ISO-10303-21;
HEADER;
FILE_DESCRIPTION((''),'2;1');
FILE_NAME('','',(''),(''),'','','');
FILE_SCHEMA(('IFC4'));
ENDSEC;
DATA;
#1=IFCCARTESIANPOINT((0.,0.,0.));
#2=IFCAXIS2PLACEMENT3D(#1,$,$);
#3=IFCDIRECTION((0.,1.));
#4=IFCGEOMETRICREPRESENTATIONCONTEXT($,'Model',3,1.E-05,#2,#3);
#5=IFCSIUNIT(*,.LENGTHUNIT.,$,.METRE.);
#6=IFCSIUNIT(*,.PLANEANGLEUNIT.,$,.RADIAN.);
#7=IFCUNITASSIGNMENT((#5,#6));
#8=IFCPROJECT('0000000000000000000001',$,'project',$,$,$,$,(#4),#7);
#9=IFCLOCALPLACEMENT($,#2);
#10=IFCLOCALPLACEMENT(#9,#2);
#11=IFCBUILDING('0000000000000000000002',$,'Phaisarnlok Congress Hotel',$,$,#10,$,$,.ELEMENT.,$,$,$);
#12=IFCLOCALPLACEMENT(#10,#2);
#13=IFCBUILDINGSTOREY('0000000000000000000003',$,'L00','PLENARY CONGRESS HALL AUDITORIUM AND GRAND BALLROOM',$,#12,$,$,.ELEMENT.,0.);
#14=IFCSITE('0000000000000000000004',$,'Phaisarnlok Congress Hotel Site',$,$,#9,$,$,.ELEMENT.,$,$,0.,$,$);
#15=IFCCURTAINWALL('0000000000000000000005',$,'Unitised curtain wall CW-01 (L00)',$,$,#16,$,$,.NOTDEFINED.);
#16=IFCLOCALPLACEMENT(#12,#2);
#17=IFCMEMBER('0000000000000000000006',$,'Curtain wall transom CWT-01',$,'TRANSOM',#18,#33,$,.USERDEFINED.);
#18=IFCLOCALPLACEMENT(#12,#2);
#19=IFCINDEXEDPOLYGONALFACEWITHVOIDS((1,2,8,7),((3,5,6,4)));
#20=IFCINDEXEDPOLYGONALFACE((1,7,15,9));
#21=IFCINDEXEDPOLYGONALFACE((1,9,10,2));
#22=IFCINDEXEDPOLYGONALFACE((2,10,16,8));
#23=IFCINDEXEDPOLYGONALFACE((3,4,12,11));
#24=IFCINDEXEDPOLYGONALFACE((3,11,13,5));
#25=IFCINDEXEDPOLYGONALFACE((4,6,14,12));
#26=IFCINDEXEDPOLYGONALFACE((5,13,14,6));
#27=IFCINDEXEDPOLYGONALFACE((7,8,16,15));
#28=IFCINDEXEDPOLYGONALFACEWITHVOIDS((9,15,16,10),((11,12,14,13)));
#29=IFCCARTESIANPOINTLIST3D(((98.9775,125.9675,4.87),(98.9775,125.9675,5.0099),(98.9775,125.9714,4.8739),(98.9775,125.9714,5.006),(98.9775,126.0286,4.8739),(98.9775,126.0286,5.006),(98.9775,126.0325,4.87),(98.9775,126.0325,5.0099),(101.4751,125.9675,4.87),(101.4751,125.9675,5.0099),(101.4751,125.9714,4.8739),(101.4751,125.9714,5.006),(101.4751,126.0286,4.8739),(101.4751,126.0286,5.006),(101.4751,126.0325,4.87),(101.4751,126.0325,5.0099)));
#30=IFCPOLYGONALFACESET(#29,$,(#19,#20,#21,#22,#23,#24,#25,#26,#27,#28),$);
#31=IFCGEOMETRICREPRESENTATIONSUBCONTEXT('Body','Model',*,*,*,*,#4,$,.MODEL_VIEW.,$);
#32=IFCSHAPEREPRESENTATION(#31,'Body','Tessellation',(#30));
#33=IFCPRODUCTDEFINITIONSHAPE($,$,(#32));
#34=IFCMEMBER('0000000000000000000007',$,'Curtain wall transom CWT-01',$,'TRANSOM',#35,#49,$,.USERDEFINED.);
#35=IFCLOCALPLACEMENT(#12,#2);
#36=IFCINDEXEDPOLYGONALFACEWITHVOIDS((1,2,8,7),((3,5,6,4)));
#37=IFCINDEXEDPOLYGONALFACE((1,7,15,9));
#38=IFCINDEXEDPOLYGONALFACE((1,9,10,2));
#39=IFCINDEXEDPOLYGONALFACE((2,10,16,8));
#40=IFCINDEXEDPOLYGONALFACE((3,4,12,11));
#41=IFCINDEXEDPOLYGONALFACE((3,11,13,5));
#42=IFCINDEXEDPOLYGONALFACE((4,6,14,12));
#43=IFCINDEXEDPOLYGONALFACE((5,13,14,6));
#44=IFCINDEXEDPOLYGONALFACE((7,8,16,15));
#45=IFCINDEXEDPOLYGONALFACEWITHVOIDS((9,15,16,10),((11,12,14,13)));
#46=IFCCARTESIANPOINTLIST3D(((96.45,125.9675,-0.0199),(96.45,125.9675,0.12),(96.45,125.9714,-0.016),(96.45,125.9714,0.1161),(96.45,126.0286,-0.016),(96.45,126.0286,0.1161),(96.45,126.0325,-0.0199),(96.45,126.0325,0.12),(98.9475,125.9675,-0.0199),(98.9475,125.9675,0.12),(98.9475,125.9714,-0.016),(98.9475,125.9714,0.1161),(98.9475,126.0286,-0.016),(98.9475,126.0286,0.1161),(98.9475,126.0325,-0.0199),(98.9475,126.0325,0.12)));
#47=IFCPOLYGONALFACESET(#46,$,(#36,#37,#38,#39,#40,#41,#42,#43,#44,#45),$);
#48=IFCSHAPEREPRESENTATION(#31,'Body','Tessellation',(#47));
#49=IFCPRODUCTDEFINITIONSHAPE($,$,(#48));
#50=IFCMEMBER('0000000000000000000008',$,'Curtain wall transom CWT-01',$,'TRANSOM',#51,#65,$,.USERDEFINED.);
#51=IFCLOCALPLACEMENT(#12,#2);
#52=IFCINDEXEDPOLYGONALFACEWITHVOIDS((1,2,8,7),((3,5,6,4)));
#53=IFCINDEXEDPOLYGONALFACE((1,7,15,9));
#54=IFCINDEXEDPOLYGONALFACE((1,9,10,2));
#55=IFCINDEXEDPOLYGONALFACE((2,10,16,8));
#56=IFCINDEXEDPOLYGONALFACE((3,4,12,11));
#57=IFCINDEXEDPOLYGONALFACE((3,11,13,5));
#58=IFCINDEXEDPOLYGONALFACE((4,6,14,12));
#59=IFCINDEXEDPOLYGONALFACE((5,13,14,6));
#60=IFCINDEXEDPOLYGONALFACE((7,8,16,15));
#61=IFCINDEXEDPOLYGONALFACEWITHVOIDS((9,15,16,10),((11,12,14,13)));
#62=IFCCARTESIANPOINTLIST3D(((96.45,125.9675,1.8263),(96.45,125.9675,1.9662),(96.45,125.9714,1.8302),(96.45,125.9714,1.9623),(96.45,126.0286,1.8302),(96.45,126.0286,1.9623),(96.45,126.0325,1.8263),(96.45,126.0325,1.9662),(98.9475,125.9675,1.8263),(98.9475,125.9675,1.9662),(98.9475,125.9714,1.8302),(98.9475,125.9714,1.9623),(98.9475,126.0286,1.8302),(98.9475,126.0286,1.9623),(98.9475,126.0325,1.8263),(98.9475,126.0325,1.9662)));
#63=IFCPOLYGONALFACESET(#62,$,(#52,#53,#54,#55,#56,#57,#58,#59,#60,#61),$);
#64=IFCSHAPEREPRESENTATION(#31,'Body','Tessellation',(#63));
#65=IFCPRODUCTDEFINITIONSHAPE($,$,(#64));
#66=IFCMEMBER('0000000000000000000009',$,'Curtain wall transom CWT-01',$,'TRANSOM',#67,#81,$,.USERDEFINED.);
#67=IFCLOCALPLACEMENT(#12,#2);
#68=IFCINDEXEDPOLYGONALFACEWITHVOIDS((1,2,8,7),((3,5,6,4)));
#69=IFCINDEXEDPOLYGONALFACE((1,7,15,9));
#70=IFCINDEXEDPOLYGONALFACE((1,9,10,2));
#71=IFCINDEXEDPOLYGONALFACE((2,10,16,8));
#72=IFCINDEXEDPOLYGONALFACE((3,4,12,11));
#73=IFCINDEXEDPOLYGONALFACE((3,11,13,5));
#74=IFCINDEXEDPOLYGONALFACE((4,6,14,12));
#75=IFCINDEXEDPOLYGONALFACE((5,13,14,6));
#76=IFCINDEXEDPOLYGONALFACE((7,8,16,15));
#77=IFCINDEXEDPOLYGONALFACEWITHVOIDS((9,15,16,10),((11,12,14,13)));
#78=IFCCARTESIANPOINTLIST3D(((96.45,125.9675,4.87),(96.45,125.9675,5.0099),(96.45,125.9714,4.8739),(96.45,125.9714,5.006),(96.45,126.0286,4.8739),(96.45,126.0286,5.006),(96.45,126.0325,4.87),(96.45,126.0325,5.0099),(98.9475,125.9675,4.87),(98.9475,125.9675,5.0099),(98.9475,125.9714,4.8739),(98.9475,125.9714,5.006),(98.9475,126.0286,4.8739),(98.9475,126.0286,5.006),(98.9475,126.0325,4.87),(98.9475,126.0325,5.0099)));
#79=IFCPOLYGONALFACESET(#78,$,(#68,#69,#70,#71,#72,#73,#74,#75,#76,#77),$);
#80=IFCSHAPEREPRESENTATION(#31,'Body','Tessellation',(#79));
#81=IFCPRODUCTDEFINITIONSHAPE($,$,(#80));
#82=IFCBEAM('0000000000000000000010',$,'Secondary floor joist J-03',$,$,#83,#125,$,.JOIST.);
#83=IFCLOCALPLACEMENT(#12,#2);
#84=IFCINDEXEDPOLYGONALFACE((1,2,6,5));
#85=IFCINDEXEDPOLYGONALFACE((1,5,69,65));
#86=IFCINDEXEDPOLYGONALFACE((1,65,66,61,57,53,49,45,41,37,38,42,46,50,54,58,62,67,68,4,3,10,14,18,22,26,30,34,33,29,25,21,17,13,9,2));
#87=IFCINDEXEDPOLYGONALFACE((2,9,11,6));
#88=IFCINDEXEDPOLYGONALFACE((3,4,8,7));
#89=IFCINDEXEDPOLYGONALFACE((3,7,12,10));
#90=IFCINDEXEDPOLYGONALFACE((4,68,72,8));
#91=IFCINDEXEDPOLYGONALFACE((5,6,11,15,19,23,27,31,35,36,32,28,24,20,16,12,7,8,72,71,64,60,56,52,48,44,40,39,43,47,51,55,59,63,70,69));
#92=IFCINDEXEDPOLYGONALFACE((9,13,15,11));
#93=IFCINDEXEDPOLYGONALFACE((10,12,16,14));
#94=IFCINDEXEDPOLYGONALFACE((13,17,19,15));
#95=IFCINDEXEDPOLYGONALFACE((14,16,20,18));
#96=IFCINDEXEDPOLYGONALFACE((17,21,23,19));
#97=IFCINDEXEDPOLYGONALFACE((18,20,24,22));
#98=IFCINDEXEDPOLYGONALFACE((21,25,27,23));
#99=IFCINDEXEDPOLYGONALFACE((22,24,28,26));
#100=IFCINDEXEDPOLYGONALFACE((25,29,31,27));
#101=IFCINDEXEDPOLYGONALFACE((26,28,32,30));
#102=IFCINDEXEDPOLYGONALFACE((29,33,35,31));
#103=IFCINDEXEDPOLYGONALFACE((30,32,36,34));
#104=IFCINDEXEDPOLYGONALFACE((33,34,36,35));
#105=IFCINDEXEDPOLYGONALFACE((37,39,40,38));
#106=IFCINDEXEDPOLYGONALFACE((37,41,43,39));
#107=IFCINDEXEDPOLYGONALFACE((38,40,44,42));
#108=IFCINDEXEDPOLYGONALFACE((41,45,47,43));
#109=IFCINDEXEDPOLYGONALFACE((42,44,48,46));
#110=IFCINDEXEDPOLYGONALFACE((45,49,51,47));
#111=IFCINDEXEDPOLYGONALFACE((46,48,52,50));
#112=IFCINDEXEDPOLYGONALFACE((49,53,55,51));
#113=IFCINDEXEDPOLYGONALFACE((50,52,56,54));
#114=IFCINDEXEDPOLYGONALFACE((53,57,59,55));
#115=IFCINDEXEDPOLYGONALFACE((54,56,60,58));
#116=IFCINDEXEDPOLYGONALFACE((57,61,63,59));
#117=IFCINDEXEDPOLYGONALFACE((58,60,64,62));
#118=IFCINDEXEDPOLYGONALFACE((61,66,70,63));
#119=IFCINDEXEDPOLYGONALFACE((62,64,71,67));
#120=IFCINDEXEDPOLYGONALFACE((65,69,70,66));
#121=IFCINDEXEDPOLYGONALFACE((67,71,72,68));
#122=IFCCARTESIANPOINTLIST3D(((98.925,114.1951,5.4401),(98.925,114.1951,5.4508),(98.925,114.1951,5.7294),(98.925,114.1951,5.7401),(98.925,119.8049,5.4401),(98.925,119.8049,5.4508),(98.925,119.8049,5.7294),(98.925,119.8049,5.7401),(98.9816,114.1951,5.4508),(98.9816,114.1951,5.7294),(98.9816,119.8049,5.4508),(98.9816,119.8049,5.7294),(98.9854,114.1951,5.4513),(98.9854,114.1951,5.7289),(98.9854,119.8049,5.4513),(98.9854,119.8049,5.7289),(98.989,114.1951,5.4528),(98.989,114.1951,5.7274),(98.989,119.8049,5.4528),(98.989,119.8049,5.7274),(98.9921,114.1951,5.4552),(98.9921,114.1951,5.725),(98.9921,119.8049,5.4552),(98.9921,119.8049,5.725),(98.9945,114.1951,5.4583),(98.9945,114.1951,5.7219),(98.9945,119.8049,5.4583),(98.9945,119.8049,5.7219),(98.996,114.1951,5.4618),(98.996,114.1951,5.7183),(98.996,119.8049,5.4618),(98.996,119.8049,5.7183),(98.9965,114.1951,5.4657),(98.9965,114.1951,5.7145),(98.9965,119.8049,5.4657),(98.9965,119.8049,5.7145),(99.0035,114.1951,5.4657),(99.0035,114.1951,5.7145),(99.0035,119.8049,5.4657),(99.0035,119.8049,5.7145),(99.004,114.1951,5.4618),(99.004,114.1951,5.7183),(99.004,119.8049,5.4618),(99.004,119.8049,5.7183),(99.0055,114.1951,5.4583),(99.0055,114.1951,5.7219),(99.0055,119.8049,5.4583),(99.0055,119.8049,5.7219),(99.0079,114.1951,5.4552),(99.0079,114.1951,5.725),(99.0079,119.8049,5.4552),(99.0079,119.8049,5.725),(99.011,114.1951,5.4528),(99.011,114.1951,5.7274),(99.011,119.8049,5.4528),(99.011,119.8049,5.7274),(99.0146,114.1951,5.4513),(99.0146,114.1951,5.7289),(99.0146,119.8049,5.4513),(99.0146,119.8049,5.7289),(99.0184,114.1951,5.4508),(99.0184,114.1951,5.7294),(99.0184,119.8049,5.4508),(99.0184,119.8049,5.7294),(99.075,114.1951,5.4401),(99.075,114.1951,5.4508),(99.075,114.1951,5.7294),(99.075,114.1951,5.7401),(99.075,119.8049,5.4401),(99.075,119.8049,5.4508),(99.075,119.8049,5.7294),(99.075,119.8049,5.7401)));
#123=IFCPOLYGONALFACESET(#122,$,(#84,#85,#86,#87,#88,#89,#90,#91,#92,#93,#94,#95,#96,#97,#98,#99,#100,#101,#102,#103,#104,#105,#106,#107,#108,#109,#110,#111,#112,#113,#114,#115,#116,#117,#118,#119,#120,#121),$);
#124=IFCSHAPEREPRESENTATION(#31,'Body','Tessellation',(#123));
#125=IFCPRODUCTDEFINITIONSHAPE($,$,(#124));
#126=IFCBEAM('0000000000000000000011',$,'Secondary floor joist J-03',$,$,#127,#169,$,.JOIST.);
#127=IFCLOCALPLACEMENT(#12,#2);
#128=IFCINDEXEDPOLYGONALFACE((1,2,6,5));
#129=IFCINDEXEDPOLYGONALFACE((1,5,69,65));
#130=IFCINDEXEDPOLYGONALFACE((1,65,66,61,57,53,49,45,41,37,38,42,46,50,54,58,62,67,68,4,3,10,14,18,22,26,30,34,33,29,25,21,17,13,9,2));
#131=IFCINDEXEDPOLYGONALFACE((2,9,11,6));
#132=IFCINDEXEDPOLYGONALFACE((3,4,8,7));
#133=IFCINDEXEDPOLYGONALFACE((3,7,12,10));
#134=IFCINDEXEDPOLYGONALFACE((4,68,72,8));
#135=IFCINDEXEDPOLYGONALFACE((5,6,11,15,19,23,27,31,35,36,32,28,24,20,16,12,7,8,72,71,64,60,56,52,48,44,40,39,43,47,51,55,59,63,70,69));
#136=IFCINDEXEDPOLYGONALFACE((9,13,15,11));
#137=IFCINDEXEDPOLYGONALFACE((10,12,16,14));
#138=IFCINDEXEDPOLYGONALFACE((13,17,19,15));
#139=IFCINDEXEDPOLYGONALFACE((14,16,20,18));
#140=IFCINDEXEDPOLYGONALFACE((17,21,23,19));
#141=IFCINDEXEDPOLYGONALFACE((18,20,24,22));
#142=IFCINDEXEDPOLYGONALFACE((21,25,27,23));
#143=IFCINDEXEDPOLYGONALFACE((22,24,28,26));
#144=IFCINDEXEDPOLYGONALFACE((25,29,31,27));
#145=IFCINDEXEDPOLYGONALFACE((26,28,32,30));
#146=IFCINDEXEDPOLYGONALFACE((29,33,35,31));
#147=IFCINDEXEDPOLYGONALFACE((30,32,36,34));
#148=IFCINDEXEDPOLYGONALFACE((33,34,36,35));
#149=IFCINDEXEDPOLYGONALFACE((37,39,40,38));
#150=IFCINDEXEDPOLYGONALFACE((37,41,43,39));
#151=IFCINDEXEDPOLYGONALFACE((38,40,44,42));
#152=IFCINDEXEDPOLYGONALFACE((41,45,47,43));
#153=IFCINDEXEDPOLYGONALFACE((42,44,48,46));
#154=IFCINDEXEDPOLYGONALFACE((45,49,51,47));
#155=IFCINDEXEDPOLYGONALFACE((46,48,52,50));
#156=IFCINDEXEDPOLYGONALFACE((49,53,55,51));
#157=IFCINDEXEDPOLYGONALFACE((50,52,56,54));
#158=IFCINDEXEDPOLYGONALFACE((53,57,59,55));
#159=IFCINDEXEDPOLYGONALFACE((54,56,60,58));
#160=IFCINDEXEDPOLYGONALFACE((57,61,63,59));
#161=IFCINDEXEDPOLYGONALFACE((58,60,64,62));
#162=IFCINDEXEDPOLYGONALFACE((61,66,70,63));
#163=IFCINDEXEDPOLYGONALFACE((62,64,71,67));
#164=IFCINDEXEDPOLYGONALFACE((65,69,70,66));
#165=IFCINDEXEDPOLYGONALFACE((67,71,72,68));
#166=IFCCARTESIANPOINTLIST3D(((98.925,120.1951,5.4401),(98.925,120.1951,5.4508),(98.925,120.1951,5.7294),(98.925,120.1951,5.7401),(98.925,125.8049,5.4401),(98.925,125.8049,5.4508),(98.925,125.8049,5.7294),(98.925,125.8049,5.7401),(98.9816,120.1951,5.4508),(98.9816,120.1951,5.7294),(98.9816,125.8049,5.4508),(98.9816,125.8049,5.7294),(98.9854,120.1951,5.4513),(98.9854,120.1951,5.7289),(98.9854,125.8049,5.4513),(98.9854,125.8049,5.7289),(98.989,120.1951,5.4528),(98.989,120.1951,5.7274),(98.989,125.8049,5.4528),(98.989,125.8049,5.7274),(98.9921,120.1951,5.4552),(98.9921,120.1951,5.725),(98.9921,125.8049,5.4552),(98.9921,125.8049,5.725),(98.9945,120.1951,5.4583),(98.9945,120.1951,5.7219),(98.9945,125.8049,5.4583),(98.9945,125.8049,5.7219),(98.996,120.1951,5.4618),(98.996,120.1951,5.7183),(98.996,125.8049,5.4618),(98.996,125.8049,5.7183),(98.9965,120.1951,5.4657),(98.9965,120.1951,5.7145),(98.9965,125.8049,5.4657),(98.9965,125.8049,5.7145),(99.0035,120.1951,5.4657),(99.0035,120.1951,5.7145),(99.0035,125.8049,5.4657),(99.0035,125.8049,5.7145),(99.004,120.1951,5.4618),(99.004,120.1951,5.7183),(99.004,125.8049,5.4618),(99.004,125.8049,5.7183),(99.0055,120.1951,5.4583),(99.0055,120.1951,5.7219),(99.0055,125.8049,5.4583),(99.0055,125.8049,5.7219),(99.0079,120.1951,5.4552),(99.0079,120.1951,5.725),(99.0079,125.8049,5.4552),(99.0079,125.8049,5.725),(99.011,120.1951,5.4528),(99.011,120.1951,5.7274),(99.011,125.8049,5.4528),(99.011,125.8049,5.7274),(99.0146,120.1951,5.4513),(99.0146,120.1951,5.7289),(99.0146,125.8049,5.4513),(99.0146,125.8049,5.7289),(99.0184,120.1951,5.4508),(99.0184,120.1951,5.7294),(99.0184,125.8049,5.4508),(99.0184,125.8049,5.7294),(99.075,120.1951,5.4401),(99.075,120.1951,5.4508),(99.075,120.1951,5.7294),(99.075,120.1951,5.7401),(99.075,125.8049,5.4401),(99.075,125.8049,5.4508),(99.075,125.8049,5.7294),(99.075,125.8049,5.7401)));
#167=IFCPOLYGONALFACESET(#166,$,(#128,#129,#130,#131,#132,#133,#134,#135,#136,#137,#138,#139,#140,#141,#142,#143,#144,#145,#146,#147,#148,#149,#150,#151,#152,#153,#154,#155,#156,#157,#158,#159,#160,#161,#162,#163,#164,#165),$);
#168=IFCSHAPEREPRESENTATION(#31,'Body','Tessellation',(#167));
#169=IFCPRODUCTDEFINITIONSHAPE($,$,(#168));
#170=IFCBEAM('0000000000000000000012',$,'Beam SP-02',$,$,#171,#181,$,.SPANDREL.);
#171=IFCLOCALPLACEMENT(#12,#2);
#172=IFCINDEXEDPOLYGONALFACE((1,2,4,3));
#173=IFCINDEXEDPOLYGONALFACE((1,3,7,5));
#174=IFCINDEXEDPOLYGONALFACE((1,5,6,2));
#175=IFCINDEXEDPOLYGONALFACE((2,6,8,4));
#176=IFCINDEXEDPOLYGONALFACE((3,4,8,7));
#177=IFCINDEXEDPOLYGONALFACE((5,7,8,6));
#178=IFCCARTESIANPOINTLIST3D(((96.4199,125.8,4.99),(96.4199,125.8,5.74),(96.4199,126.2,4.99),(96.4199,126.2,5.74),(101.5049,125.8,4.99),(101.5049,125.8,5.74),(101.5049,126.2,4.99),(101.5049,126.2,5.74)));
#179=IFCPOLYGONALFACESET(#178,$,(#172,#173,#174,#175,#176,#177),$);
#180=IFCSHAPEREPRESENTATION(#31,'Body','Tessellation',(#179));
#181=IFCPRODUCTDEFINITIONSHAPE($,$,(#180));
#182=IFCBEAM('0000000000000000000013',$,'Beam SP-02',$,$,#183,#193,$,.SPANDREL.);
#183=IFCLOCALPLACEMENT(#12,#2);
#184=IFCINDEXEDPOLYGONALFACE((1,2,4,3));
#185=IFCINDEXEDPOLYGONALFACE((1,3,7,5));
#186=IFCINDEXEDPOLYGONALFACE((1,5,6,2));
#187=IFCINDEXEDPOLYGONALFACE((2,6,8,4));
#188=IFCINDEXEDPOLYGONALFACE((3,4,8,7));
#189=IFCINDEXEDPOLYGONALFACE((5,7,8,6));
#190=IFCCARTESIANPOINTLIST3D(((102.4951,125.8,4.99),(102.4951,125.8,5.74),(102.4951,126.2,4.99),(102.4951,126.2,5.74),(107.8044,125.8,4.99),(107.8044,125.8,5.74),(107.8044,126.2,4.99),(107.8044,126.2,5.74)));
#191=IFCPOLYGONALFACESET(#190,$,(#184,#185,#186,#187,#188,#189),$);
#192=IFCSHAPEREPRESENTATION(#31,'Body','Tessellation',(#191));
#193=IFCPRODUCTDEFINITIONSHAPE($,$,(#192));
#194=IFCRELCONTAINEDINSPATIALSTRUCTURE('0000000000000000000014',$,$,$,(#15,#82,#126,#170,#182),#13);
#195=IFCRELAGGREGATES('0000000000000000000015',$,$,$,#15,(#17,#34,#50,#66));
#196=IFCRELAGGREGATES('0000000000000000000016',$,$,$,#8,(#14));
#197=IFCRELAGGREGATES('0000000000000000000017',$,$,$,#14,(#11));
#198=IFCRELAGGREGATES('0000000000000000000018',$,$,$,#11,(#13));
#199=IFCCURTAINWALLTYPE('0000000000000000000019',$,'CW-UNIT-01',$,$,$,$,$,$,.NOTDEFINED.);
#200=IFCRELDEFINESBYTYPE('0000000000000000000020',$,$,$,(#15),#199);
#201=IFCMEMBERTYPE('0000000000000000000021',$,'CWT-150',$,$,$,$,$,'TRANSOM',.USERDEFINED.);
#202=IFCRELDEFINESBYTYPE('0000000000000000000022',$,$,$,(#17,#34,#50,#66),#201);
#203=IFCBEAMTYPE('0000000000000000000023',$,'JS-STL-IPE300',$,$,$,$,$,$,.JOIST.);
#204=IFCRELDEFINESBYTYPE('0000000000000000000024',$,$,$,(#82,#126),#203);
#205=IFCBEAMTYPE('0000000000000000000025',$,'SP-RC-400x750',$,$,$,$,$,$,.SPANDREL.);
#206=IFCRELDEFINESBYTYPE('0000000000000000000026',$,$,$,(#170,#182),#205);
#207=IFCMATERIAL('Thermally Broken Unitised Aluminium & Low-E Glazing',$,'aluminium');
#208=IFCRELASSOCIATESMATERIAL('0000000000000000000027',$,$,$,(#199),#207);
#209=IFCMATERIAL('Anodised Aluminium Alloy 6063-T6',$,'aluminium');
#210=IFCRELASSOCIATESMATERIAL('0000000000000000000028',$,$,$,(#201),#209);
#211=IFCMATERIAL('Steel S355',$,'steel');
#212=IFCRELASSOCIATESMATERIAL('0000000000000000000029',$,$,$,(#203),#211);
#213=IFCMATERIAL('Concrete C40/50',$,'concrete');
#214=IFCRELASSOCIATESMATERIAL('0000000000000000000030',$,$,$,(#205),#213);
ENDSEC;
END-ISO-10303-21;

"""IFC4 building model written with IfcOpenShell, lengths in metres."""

from ifc_helpers import new_model, si_unit, direction, frame, origin, origin_2d, place, context, subcontext, project, spatial, rectangle, hollow_rectangle, i_section, extrude, material, material_profile, profile_set, type_object, element, aggregate, save


model = new_model("IFC4")

# Units and contexts
model_context = context("Model", 3, precision=1e-05, world=origin(), true_north=direction((0.0, 1.0)))
body_context = subcontext(model_context, "Body", "Model", "MODEL_VIEW")
ifc_project = project(units=[si_unit("LENGTHUNIT", "METRE"), si_unit("PLANEANGLEUNIT", "RADIAN")], contexts=[model_context])

# Site, building, storey
site_placement = place(None, origin())
site = spatial("IfcSite", under=ifc_project, at=site_placement, Name="Phaisarnlok Congress Hotel Site", CompositionType="ELEMENT", RefElevation=0.0)
building_placement = place(site_placement, origin())
building = spatial("IfcBuilding", under=site, at=building_placement, Name="Phaisarnlok Congress Hotel", CompositionType="ELEMENT")
storey_placement = place(building_placement, origin())
storey = spatial("IfcBuildingStorey", under=building, at=storey_placement, Name="L00", Description="PLENARY CONGRESS HALL AUDITORIUM AND GRAND BALLROOM", CompositionType="ELEMENT", Elevation=0.0)

# Shared definitions
ifc_material_1 = material(Name="Concrete C40/50", Category="concrete")
ifc_material_2 = material(Name="Steel S355", Category="steel")

# Curtain wall, members
ifc_material_3 = material(Name="Thermally Broken Unitised Aluminium & Low-E Glazing", Category="aluminium")
curtain_wall_type = type_object("IfcCurtainWallType", Name="CW-UNIT-01", PredefinedType="NOTDEFINED", material=ifc_material_3)
curtain_wall_placement = place(storey_placement, origin())
curtain_wall = element("IfcCurtainWall", 1, at=curtain_wall_placement, inside=storey, type_object=curtain_wall_type, Name="Unitised curtain wall CW-01 (L00)", PredefinedType="NOTDEFINED")
ifc_material_4 = material(Name="Anodised Aluminium Alloy 6063-T6", Category="aluminium")
ifc_material_profile_1 = material_profile(ifc_material_4, hollow_rectangle(XDim=0.0649, YDim=0.1399, WallThickness=0.0039, at=origin_2d()), Name="ALU-T 65x140x4")
ifc_profile_set_1 = profile_set([ifc_material_profile_1], Name="Anodised Aluminium Alloy 6063-T6")
member_type_1 = type_object("IfcMemberType", Name="CWT-150", ElementType="TRANSOM", PredefinedType="USERDEFINED", material=ifc_profile_set_1)
member_1_placement = place(storey_placement, frame((101.4751, 126.0, 4.9399), z_axis=(-1.0, 0.0, 0.0), x_axis=(0.0, -1.0, 0.0)))
member_1 = element("IfcMember", 2, at=member_1_placement, type_object=member_type_1, Name="Curtain wall transom CWT-01", ObjectType="TRANSOM", PredefinedType="USERDEFINED", context=body_context, shape_type="SweptSolid", body=[
    extrude(hollow_rectangle(XDim=0.0649, YDim=0.1399, WallThickness=0.0039, at=origin_2d()), origin(), (0.0, 0.0, 1.0), 2.4976),
])
member_2_placement = place(storey_placement, frame((98.9475, 126.0, 0.05), z_axis=(-1.0, 0.0, 0.0), x_axis=(0.0, -1.0, 0.0)))
member_2 = element("IfcMember", 3, at=member_2_placement, type_object=member_type_1, Name="Curtain wall transom CWT-01", ObjectType="TRANSOM", PredefinedType="USERDEFINED", context=body_context, shape_type="SweptSolid", body=[
    extrude(hollow_rectangle(XDim=0.0649, YDim=0.1399, WallThickness=0.0039, at=origin_2d()), origin(), (0.0, 0.0, 1.0), 2.4976),
])
member_3_placement = place(storey_placement, frame((98.9475, 126.0, 1.8962), z_axis=(-1.0, 0.0, 0.0), x_axis=(0.0, -1.0, 0.0)))
member_3 = element("IfcMember", 4, at=member_3_placement, type_object=member_type_1, Name="Curtain wall transom CWT-01", ObjectType="TRANSOM", PredefinedType="USERDEFINED", context=body_context, shape_type="SweptSolid", body=[
    extrude(hollow_rectangle(XDim=0.0649, YDim=0.1399, WallThickness=0.0039, at=origin_2d()), origin(), (0.0, 0.0, 1.0), 2.4976),
])
member_4_placement = place(storey_placement, frame((98.9475, 126.0, 4.9399), z_axis=(-1.0, 0.0, 0.0), x_axis=(0.0, -1.0, 0.0)))
member_4 = element("IfcMember", 5, at=member_4_placement, type_object=member_type_1, Name="Curtain wall transom CWT-01", ObjectType="TRANSOM", PredefinedType="USERDEFINED", context=body_context, shape_type="SweptSolid", body=[
    extrude(hollow_rectangle(XDim=0.0649, YDim=0.1399, WallThickness=0.0039, at=origin_2d()), origin(), (0.0, 0.0, 1.0), 2.4976),
])

# Beams
ifc_material_profile_2 = material_profile(ifc_material_2, i_section(OverallWidth=0.1499, OverallDepth=0.3, WebThickness=0.0071, FlangeThickness=0.0107, FilletRadius=0.0149, at=origin_2d()), Name="IPE 300")
ifc_profile_set_2 = profile_set([ifc_material_profile_2], Name="Steel S355")
beam_type_1 = type_object("IfcBeamType", Name="JS-STL-IPE300", PredefinedType="JOIST", material=ifc_profile_set_2)
for number, where, z_axis, x_axis, name in (
    (6, (99.0, 114.1951, 5.5901), (0.0, 1.0, 0.0), (-1.0, 0.0, 0.0), "Secondary floor joist J-03"),
    (7, (99.0, 120.1951, 5.5901), (0.0, 1.0, 0.0), (-1.0, 0.0, 0.0), "Secondary floor joist J-03"),
):
    element("IfcBeam", number, at=place(storey_placement, frame(where, z_axis=z_axis, x_axis=x_axis)), inside=storey, type_object=beam_type_1, Name=name, PredefinedType="JOIST", context=body_context, shape_type="SweptSolid", body=[
        extrude(i_section(OverallWidth=0.1499, OverallDepth=0.3, WebThickness=0.0071, FlangeThickness=0.0107, FilletRadius=0.0149, at=origin_2d()), origin(), (0.0, 0.0, 1.0), 5.6099),
    ])
ifc_material_profile_3 = material_profile(ifc_material_1, rectangle(XDim=0.3999, YDim=0.75, at=origin_2d()), Name="RC 400x750")
ifc_profile_set_3 = profile_set([ifc_material_profile_3], Name="Concrete C40/50")
beam_type_2 = type_object("IfcBeamType", Name="SP-RC-400x750", PredefinedType="SPANDREL", material=ifc_profile_set_3)
beam_1_placement = place(storey_placement, frame((96.4199, 126.0, 5.365), z_axis=(1.0, 0.0, 0.0), x_axis=(0.0, 1.0, 0.0)))
element("IfcBeam", 8, at=beam_1_placement, inside=storey, type_object=beam_type_2, Name="Beam SP-02", PredefinedType="SPANDREL", context=body_context, shape_type="SweptSolid", body=[
    extrude(rectangle(XDim=0.3999, YDim=0.75, at=origin_2d()), origin(), (0.0, 0.0, 1.0), 5.085),
])
beam_2_placement = place(storey_placement, frame((102.4951, 126.0, 5.365), z_axis=(1.0, 0.0, 0.0), x_axis=(0.0, 1.0, 0.0)))
element("IfcBeam", 9, at=beam_2_placement, inside=storey, type_object=beam_type_2, Name="Beam SP-02", PredefinedType="SPANDREL", context=body_context, shape_type="SweptSolid", body=[
    extrude(rectangle(XDim=0.3999, YDim=0.75, at=origin_2d()), origin(), (0.0, 0.0, 1.0), 5.3093),
])

aggregate(curtain_wall, [member_1, member_2, member_3, member_4])

save(model, "model.ifc")
